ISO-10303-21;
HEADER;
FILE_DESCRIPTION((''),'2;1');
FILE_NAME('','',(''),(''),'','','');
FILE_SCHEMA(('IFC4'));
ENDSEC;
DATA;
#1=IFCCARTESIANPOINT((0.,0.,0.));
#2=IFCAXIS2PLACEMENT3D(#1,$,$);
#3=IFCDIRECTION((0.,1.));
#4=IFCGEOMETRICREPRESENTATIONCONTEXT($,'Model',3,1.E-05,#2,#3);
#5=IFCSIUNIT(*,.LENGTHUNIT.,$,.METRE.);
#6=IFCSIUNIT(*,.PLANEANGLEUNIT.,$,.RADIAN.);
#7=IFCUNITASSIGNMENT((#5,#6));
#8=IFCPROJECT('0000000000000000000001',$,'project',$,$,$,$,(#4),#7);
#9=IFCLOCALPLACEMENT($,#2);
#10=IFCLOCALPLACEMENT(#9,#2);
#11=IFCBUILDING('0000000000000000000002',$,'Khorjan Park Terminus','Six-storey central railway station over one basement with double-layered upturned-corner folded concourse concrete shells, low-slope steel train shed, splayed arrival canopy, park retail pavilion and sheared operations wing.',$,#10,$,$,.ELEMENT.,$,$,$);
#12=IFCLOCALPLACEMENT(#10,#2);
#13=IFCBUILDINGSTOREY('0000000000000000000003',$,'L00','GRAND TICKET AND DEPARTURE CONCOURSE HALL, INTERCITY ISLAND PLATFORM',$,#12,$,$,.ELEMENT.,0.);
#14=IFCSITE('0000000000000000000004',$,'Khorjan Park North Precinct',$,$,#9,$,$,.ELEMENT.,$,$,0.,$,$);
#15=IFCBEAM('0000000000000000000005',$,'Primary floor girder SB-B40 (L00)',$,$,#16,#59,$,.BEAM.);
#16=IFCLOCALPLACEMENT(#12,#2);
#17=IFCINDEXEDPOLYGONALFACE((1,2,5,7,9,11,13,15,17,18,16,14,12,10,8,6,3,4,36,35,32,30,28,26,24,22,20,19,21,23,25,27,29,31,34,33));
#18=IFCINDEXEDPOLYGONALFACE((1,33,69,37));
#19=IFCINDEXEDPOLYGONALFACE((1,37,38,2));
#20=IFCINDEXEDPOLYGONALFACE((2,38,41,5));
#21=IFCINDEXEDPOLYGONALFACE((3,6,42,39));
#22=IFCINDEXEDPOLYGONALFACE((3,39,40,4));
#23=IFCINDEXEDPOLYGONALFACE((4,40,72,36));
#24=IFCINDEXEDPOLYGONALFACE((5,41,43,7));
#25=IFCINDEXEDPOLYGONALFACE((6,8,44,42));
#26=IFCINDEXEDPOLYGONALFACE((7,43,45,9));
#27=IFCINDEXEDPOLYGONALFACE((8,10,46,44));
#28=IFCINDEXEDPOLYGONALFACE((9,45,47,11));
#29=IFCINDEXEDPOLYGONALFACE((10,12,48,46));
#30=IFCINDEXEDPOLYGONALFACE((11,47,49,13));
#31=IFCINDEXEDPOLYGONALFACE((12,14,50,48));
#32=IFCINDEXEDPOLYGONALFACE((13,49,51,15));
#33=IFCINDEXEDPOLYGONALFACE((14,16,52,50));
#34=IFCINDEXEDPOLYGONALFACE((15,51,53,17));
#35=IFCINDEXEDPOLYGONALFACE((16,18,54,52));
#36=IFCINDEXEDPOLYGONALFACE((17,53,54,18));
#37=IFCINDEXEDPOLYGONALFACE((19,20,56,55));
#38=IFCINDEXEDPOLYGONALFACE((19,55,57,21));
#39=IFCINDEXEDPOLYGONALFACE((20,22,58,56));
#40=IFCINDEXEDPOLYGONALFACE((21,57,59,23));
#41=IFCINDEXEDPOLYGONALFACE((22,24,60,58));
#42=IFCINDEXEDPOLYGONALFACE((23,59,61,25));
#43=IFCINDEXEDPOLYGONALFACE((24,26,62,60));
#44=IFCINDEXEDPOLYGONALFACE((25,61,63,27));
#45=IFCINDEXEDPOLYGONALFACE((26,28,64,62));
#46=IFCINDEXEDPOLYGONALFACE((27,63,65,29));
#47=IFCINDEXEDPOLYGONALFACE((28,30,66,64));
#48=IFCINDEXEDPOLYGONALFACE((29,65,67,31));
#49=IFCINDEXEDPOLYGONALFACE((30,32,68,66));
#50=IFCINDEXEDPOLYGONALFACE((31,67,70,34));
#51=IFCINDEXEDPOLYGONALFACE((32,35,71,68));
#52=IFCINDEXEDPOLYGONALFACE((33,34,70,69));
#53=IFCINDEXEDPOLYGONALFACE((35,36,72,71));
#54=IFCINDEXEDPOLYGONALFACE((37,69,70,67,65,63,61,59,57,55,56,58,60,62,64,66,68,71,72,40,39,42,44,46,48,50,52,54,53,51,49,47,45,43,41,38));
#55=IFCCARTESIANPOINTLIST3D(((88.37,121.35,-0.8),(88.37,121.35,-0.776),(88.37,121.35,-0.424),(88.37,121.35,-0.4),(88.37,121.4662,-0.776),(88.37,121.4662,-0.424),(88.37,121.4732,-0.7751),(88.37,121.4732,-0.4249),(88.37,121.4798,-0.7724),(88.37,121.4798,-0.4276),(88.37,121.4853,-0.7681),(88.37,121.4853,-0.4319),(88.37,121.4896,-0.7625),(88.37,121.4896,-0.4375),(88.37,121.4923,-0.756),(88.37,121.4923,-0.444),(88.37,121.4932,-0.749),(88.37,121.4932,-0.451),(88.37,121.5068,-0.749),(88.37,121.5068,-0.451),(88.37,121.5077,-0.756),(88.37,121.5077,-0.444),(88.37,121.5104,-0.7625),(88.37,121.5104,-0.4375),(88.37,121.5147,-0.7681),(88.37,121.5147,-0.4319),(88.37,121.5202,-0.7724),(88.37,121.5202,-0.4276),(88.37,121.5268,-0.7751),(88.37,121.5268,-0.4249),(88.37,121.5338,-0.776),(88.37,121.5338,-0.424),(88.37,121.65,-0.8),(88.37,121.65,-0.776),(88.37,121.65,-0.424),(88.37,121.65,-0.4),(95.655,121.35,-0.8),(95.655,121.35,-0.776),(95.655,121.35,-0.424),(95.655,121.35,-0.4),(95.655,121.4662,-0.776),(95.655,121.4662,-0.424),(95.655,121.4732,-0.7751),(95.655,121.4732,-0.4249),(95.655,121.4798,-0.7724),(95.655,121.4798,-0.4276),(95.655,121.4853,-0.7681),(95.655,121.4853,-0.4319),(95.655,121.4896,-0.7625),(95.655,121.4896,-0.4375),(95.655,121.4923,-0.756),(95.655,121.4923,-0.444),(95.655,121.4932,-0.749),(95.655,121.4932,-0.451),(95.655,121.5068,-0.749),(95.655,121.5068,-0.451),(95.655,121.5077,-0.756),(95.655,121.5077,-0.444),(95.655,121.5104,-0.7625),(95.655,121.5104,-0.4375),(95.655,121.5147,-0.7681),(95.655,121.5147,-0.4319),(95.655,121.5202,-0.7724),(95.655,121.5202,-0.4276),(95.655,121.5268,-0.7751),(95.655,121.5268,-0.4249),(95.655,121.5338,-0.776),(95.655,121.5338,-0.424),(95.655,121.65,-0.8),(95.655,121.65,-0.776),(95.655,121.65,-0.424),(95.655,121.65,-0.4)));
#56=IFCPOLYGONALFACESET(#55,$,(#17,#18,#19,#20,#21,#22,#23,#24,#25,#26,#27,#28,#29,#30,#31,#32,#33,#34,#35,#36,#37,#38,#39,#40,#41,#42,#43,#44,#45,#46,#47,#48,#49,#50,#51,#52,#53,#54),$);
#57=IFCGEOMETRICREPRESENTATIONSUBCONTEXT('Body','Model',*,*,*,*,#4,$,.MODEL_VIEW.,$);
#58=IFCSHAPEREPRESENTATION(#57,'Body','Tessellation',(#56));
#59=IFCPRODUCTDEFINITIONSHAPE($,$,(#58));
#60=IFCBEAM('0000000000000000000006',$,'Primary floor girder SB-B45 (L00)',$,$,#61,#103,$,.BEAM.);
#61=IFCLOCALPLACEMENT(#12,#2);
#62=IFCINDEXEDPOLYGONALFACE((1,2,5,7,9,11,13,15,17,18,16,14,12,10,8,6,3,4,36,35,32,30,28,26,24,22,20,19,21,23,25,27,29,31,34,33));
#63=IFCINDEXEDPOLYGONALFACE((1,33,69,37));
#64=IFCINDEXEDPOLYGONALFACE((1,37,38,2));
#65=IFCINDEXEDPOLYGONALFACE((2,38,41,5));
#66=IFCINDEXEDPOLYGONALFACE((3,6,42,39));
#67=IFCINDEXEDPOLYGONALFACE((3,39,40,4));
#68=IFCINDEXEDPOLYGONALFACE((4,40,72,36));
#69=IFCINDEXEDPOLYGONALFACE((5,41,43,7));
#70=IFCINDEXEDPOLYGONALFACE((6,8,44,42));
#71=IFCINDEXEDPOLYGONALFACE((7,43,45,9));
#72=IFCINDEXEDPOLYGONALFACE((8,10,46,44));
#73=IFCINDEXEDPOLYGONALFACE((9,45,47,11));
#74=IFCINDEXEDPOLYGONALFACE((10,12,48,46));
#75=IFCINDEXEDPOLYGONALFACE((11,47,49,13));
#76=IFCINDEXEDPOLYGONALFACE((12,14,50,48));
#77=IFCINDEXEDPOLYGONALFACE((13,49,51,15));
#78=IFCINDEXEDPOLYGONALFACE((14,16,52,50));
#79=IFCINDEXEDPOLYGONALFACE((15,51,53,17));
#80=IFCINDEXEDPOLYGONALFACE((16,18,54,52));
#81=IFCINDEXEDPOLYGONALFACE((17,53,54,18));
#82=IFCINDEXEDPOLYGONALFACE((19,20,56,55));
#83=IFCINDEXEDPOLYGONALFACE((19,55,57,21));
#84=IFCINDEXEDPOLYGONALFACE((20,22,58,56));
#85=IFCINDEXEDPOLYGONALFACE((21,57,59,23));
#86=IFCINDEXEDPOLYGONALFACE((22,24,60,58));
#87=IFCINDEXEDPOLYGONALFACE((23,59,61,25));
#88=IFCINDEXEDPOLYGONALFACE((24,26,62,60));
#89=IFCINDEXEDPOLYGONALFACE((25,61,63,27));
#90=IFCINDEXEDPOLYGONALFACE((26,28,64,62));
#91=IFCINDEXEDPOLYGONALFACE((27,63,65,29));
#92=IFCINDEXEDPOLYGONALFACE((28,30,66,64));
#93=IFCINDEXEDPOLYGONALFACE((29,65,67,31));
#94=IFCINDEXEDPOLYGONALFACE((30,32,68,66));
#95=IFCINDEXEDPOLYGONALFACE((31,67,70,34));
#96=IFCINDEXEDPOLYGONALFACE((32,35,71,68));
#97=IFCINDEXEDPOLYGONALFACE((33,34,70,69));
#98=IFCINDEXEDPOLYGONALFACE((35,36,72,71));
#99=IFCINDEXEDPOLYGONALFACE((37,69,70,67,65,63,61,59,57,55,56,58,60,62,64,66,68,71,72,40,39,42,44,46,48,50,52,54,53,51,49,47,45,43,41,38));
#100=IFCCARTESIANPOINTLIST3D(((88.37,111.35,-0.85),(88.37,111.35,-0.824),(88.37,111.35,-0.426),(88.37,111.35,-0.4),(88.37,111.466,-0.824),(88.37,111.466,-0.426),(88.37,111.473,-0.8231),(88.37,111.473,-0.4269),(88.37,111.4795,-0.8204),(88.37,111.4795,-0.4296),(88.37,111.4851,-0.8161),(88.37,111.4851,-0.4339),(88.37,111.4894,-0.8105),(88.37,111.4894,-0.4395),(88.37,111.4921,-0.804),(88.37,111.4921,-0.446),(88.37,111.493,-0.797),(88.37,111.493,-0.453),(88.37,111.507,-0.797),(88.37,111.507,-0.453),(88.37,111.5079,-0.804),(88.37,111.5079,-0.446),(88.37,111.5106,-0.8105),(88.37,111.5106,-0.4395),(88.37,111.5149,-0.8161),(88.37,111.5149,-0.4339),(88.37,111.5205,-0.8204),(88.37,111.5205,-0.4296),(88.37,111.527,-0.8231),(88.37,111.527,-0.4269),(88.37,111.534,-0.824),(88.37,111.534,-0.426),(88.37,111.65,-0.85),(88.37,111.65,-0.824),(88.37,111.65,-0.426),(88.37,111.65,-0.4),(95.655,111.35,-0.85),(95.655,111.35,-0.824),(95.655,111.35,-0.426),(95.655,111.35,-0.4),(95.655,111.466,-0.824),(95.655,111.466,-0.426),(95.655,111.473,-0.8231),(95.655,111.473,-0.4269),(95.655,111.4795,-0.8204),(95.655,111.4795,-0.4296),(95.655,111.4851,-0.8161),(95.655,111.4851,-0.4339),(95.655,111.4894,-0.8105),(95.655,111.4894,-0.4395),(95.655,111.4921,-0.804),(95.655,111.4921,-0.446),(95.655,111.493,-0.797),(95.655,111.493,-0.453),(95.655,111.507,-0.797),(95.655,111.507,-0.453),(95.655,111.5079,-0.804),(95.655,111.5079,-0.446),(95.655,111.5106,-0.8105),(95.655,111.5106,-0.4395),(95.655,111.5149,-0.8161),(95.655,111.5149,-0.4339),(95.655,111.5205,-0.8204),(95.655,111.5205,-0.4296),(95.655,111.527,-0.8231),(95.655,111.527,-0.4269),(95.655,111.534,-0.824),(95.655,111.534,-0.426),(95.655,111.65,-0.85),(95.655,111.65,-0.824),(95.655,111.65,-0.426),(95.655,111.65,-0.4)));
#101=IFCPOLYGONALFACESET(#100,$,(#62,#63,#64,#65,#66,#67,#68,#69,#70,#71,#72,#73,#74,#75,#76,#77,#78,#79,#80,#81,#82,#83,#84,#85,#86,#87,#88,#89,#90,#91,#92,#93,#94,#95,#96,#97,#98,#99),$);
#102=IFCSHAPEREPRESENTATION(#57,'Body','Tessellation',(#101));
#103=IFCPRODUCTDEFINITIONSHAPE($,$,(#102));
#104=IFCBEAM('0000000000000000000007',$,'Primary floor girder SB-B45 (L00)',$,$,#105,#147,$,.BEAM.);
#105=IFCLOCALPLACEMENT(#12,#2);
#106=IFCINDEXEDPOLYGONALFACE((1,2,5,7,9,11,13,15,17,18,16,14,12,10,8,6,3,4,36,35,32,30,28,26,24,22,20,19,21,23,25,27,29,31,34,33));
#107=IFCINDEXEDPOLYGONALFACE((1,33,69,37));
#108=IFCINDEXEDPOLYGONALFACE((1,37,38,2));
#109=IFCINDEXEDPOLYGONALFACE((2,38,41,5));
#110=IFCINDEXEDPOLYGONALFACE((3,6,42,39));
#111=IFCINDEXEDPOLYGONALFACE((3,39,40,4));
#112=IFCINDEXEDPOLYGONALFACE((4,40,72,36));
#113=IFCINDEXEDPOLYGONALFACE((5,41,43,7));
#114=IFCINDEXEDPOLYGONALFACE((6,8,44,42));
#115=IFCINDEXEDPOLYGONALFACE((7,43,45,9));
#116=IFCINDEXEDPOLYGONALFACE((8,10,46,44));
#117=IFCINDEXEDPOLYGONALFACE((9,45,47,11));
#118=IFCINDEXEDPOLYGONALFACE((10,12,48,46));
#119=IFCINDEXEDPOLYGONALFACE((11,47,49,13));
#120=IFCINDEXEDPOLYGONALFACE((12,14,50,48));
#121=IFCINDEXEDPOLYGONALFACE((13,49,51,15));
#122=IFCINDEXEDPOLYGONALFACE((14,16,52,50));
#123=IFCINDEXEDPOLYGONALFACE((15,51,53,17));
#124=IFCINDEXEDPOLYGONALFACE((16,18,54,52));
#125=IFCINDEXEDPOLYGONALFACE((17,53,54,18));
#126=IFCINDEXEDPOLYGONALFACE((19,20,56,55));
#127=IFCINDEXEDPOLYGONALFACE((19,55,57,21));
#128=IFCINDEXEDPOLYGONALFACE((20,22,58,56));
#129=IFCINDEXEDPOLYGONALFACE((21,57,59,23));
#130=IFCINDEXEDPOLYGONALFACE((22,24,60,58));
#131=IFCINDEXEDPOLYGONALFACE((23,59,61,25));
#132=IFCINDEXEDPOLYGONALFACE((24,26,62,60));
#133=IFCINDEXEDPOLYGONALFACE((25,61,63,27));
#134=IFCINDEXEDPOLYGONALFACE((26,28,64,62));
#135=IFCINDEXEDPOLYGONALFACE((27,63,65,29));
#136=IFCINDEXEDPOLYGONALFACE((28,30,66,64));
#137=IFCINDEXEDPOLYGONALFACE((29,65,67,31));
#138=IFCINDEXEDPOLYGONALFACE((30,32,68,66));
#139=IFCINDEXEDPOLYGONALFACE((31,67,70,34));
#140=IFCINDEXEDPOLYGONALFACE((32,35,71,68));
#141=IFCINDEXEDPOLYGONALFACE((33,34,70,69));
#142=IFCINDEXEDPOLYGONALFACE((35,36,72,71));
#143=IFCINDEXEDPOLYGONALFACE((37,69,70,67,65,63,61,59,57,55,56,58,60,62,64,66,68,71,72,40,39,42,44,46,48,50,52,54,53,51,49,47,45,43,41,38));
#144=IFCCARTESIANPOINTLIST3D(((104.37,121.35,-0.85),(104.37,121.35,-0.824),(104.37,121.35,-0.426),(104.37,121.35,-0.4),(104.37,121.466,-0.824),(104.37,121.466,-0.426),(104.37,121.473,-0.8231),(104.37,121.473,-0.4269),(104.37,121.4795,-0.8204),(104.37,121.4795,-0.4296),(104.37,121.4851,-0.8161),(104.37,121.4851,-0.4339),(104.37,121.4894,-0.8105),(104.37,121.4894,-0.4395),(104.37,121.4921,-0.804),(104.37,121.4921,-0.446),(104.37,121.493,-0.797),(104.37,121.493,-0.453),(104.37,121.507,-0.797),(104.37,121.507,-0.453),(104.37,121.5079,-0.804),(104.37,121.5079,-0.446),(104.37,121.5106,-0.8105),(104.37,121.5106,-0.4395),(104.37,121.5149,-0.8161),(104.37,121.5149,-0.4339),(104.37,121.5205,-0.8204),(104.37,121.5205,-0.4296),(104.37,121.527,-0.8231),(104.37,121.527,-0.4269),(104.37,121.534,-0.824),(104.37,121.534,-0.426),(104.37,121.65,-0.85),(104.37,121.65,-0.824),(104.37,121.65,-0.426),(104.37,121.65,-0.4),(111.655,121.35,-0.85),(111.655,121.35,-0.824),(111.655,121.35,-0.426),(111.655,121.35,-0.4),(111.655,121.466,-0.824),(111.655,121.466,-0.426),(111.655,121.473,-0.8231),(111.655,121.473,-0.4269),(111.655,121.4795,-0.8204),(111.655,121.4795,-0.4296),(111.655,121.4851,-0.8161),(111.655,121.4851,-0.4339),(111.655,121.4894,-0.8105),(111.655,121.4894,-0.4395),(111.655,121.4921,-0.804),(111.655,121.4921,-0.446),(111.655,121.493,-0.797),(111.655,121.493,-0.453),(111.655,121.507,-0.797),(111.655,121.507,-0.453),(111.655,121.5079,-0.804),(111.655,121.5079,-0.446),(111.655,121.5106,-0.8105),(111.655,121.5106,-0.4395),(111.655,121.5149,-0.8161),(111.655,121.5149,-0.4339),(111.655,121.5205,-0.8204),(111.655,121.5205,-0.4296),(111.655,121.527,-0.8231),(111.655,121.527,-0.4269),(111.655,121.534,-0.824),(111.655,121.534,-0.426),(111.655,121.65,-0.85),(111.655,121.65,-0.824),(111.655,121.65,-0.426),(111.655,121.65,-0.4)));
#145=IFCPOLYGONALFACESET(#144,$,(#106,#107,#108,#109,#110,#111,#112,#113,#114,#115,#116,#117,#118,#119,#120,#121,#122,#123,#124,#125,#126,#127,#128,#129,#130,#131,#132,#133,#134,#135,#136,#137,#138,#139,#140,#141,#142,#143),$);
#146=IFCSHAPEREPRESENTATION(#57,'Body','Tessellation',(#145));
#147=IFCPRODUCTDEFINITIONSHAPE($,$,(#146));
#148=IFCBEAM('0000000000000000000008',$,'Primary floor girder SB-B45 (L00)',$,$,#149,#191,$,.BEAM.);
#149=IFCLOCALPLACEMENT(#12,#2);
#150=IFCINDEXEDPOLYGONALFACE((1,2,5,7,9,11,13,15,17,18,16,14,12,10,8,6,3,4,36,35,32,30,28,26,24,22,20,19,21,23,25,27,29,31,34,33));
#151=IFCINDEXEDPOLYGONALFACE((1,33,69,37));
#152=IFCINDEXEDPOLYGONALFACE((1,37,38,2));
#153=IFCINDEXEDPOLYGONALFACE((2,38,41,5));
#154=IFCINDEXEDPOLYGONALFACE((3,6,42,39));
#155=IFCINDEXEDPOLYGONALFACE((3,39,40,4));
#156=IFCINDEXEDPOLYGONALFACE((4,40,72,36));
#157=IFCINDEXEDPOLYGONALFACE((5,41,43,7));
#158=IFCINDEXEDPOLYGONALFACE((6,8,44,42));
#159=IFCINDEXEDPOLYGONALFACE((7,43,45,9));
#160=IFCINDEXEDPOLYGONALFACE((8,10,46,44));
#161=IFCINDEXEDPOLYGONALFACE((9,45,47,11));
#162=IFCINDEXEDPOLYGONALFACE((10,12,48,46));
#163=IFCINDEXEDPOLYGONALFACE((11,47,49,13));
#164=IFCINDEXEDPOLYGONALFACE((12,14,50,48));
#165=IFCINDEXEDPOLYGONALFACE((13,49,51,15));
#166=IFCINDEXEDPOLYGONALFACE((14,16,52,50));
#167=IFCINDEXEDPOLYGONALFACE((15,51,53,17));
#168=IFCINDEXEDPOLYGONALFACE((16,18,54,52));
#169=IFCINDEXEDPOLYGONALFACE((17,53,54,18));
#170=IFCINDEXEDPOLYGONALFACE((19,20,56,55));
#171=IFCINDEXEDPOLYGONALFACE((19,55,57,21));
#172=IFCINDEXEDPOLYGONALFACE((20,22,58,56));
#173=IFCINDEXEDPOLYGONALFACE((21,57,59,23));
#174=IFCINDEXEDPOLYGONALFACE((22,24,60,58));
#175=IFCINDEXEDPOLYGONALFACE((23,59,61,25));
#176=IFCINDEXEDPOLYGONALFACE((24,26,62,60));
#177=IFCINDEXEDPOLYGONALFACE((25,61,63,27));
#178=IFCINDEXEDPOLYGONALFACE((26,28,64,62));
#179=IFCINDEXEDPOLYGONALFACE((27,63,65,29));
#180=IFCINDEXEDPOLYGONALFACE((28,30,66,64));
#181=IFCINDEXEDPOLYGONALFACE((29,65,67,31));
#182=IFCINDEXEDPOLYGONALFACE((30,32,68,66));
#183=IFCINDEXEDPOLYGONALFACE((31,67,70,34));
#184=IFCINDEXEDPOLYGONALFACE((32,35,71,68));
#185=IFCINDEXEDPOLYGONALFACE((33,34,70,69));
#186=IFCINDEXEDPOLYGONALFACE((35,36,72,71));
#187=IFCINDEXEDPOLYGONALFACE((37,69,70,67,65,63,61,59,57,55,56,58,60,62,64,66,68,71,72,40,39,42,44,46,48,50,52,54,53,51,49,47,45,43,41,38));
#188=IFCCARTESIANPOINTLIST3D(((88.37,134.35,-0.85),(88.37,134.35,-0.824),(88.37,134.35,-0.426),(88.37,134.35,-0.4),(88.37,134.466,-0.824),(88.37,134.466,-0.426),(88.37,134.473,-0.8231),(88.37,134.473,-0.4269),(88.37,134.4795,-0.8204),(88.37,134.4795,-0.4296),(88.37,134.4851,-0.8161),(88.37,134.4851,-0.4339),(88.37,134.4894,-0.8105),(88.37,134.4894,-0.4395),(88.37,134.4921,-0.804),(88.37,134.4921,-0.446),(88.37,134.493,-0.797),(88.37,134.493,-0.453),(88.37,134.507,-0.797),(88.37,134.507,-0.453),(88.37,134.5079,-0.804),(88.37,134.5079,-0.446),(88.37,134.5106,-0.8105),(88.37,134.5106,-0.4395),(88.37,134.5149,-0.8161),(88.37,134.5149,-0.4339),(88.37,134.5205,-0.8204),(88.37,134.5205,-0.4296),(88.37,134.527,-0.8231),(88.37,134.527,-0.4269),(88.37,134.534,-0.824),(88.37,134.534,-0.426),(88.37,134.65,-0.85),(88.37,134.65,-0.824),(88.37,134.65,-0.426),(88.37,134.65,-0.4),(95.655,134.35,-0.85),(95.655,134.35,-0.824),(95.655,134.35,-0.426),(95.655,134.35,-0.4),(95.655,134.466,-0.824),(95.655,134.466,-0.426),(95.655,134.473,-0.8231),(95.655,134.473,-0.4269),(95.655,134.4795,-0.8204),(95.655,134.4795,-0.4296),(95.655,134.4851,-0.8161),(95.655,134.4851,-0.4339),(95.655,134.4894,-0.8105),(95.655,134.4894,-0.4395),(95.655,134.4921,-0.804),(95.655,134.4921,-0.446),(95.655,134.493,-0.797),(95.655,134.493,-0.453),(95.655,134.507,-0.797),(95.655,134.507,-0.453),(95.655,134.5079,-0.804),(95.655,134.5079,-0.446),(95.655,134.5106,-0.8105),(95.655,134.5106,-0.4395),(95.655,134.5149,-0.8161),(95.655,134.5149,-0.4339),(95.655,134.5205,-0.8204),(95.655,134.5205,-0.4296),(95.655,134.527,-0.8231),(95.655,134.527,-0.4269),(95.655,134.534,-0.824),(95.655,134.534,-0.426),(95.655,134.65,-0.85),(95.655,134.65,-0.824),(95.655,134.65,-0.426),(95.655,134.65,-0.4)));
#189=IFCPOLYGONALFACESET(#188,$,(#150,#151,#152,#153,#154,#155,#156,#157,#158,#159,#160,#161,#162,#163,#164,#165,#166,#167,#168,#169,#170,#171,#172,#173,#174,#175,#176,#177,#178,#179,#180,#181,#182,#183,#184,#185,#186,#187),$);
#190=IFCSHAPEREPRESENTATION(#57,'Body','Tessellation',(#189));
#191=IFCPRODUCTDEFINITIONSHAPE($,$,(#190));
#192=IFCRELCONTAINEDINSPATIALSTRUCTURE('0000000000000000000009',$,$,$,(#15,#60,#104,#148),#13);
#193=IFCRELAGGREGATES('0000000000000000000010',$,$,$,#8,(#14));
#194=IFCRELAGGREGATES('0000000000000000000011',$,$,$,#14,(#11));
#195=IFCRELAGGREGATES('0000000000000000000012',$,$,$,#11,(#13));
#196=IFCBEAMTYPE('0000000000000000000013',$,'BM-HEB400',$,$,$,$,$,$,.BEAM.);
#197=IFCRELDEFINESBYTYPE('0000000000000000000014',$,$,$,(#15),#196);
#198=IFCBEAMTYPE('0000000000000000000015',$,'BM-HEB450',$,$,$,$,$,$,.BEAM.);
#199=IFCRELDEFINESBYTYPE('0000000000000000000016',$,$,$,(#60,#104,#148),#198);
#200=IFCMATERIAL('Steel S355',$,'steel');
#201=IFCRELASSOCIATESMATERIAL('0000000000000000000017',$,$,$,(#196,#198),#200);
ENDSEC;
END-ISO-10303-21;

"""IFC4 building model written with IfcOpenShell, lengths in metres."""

from ifc_helpers import new_model, si_unit, direction, frame, origin, origin_2d, place, context, subcontext, project, spatial, i_section, extrude, material, material_profile, profile_set, type_object, element, save


model = new_model("IFC4")

# Units and contexts
model_context = context("Model", 3, precision=1e-05, world=origin(), true_north=direction((0.0, 1.0)))
body_context = subcontext(model_context, "Body", "Model", "MODEL_VIEW")
ifc_project = project(units=[si_unit("LENGTHUNIT", "METRE"), si_unit("PLANEANGLEUNIT", "RADIAN")], contexts=[model_context])

# Site, building, storey
site_placement = place(None, origin())
site = spatial("IfcSite", under=ifc_project, at=site_placement, Name="Khorjan Park North Precinct", CompositionType="ELEMENT", RefElevation=0.0)
building_placement = place(site_placement, origin())
building = spatial("IfcBuilding", under=site, at=building_placement, Name="Khorjan Park Terminus", Description="Six-storey central railway station over one basement with double-layered upturned-corner folded concourse concrete shells, low-slope steel train shed, splayed arrival canopy, park retail pavilion and sheared operations wing.", CompositionType="ELEMENT")
storey_placement = place(building_placement, origin())
storey = spatial("IfcBuildingStorey", under=building, at=storey_placement, Name="L00", Description="GRAND TICKET AND DEPARTURE CONCOURSE HALL, INTERCITY ISLAND PLATFORM", CompositionType="ELEMENT", Elevation=0.0)

# Beams
ifc_material_1 = material(Name="Steel S355", Category="steel")
ifc_material_profile_1 = material_profile(ifc_material_1, i_section(OverallWidth=0.3, OverallDepth=0.4, WebThickness=0.0135, FlangeThickness=0.024, FilletRadius=0.027, at=origin_2d()), Name="HEB 400")
ifc_profile_set_1 = profile_set([ifc_material_profile_1], Name="Steel S355")
beam_type_1 = type_object("IfcBeamType", Name="BM-HEB400", PredefinedType="BEAM", material=ifc_profile_set_1)
beam_1_placement = place(storey_placement, frame((88.37, 121.5, -0.6), z_axis=(1.0, 0.0, 0.0), x_axis=(0.0, 1.0, 0.0)))
element("IfcBeam", 1, at=beam_1_placement, inside=storey, type_object=beam_type_1, Name="Primary floor girder SB-B40 (L00)", PredefinedType="BEAM", context=body_context, shape_type="SweptSolid", body=[
    extrude(i_section(OverallWidth=0.3, OverallDepth=0.4, WebThickness=0.0135, FlangeThickness=0.024, FilletRadius=0.027, at=origin_2d()), origin(), (0.0, 0.0, 1.0), 7.285),
])
ifc_material_profile_2 = material_profile(ifc_material_1, i_section(OverallWidth=0.3, OverallDepth=0.45, WebThickness=0.014, FlangeThickness=0.026, FilletRadius=0.027, at=origin_2d()), Name="HEB 450")
ifc_profile_set_2 = profile_set([ifc_material_profile_2], Name="Steel S355")
beam_type_2 = type_object("IfcBeamType", Name="BM-HEB450", PredefinedType="BEAM", material=ifc_profile_set_2)
for number, where, z_axis, x_axis, name in (
    (2, (88.37, 111.5, -0.625), (1.0, 0.0, 0.0), (0.0, 1.0, 0.0), "Primary floor girder SB-B45 (L00)"),
    (3, (104.37, 121.5, -0.625), (1.0, 0.0, 0.0), (0.0, 1.0, 0.0), "Primary floor girder SB-B45 (L00)"),
    (4, (88.37, 134.5, -0.625), (1.0, 0.0, 0.0), (0.0, 1.0, 0.0), "Primary floor girder SB-B45 (L00)"),
):
    element("IfcBeam", number, at=place(storey_placement, frame(where, z_axis=z_axis, x_axis=x_axis)), inside=storey, type_object=beam_type_2, Name=name, PredefinedType="BEAM", context=body_context, shape_type="SweptSolid", body=[
        extrude(i_section(OverallWidth=0.3, OverallDepth=0.45, WebThickness=0.014, FlangeThickness=0.026, FilletRadius=0.027, at=origin_2d()), origin(), (0.0, 0.0, 1.0), 7.285),
    ])

save(model, "model.ifc")
